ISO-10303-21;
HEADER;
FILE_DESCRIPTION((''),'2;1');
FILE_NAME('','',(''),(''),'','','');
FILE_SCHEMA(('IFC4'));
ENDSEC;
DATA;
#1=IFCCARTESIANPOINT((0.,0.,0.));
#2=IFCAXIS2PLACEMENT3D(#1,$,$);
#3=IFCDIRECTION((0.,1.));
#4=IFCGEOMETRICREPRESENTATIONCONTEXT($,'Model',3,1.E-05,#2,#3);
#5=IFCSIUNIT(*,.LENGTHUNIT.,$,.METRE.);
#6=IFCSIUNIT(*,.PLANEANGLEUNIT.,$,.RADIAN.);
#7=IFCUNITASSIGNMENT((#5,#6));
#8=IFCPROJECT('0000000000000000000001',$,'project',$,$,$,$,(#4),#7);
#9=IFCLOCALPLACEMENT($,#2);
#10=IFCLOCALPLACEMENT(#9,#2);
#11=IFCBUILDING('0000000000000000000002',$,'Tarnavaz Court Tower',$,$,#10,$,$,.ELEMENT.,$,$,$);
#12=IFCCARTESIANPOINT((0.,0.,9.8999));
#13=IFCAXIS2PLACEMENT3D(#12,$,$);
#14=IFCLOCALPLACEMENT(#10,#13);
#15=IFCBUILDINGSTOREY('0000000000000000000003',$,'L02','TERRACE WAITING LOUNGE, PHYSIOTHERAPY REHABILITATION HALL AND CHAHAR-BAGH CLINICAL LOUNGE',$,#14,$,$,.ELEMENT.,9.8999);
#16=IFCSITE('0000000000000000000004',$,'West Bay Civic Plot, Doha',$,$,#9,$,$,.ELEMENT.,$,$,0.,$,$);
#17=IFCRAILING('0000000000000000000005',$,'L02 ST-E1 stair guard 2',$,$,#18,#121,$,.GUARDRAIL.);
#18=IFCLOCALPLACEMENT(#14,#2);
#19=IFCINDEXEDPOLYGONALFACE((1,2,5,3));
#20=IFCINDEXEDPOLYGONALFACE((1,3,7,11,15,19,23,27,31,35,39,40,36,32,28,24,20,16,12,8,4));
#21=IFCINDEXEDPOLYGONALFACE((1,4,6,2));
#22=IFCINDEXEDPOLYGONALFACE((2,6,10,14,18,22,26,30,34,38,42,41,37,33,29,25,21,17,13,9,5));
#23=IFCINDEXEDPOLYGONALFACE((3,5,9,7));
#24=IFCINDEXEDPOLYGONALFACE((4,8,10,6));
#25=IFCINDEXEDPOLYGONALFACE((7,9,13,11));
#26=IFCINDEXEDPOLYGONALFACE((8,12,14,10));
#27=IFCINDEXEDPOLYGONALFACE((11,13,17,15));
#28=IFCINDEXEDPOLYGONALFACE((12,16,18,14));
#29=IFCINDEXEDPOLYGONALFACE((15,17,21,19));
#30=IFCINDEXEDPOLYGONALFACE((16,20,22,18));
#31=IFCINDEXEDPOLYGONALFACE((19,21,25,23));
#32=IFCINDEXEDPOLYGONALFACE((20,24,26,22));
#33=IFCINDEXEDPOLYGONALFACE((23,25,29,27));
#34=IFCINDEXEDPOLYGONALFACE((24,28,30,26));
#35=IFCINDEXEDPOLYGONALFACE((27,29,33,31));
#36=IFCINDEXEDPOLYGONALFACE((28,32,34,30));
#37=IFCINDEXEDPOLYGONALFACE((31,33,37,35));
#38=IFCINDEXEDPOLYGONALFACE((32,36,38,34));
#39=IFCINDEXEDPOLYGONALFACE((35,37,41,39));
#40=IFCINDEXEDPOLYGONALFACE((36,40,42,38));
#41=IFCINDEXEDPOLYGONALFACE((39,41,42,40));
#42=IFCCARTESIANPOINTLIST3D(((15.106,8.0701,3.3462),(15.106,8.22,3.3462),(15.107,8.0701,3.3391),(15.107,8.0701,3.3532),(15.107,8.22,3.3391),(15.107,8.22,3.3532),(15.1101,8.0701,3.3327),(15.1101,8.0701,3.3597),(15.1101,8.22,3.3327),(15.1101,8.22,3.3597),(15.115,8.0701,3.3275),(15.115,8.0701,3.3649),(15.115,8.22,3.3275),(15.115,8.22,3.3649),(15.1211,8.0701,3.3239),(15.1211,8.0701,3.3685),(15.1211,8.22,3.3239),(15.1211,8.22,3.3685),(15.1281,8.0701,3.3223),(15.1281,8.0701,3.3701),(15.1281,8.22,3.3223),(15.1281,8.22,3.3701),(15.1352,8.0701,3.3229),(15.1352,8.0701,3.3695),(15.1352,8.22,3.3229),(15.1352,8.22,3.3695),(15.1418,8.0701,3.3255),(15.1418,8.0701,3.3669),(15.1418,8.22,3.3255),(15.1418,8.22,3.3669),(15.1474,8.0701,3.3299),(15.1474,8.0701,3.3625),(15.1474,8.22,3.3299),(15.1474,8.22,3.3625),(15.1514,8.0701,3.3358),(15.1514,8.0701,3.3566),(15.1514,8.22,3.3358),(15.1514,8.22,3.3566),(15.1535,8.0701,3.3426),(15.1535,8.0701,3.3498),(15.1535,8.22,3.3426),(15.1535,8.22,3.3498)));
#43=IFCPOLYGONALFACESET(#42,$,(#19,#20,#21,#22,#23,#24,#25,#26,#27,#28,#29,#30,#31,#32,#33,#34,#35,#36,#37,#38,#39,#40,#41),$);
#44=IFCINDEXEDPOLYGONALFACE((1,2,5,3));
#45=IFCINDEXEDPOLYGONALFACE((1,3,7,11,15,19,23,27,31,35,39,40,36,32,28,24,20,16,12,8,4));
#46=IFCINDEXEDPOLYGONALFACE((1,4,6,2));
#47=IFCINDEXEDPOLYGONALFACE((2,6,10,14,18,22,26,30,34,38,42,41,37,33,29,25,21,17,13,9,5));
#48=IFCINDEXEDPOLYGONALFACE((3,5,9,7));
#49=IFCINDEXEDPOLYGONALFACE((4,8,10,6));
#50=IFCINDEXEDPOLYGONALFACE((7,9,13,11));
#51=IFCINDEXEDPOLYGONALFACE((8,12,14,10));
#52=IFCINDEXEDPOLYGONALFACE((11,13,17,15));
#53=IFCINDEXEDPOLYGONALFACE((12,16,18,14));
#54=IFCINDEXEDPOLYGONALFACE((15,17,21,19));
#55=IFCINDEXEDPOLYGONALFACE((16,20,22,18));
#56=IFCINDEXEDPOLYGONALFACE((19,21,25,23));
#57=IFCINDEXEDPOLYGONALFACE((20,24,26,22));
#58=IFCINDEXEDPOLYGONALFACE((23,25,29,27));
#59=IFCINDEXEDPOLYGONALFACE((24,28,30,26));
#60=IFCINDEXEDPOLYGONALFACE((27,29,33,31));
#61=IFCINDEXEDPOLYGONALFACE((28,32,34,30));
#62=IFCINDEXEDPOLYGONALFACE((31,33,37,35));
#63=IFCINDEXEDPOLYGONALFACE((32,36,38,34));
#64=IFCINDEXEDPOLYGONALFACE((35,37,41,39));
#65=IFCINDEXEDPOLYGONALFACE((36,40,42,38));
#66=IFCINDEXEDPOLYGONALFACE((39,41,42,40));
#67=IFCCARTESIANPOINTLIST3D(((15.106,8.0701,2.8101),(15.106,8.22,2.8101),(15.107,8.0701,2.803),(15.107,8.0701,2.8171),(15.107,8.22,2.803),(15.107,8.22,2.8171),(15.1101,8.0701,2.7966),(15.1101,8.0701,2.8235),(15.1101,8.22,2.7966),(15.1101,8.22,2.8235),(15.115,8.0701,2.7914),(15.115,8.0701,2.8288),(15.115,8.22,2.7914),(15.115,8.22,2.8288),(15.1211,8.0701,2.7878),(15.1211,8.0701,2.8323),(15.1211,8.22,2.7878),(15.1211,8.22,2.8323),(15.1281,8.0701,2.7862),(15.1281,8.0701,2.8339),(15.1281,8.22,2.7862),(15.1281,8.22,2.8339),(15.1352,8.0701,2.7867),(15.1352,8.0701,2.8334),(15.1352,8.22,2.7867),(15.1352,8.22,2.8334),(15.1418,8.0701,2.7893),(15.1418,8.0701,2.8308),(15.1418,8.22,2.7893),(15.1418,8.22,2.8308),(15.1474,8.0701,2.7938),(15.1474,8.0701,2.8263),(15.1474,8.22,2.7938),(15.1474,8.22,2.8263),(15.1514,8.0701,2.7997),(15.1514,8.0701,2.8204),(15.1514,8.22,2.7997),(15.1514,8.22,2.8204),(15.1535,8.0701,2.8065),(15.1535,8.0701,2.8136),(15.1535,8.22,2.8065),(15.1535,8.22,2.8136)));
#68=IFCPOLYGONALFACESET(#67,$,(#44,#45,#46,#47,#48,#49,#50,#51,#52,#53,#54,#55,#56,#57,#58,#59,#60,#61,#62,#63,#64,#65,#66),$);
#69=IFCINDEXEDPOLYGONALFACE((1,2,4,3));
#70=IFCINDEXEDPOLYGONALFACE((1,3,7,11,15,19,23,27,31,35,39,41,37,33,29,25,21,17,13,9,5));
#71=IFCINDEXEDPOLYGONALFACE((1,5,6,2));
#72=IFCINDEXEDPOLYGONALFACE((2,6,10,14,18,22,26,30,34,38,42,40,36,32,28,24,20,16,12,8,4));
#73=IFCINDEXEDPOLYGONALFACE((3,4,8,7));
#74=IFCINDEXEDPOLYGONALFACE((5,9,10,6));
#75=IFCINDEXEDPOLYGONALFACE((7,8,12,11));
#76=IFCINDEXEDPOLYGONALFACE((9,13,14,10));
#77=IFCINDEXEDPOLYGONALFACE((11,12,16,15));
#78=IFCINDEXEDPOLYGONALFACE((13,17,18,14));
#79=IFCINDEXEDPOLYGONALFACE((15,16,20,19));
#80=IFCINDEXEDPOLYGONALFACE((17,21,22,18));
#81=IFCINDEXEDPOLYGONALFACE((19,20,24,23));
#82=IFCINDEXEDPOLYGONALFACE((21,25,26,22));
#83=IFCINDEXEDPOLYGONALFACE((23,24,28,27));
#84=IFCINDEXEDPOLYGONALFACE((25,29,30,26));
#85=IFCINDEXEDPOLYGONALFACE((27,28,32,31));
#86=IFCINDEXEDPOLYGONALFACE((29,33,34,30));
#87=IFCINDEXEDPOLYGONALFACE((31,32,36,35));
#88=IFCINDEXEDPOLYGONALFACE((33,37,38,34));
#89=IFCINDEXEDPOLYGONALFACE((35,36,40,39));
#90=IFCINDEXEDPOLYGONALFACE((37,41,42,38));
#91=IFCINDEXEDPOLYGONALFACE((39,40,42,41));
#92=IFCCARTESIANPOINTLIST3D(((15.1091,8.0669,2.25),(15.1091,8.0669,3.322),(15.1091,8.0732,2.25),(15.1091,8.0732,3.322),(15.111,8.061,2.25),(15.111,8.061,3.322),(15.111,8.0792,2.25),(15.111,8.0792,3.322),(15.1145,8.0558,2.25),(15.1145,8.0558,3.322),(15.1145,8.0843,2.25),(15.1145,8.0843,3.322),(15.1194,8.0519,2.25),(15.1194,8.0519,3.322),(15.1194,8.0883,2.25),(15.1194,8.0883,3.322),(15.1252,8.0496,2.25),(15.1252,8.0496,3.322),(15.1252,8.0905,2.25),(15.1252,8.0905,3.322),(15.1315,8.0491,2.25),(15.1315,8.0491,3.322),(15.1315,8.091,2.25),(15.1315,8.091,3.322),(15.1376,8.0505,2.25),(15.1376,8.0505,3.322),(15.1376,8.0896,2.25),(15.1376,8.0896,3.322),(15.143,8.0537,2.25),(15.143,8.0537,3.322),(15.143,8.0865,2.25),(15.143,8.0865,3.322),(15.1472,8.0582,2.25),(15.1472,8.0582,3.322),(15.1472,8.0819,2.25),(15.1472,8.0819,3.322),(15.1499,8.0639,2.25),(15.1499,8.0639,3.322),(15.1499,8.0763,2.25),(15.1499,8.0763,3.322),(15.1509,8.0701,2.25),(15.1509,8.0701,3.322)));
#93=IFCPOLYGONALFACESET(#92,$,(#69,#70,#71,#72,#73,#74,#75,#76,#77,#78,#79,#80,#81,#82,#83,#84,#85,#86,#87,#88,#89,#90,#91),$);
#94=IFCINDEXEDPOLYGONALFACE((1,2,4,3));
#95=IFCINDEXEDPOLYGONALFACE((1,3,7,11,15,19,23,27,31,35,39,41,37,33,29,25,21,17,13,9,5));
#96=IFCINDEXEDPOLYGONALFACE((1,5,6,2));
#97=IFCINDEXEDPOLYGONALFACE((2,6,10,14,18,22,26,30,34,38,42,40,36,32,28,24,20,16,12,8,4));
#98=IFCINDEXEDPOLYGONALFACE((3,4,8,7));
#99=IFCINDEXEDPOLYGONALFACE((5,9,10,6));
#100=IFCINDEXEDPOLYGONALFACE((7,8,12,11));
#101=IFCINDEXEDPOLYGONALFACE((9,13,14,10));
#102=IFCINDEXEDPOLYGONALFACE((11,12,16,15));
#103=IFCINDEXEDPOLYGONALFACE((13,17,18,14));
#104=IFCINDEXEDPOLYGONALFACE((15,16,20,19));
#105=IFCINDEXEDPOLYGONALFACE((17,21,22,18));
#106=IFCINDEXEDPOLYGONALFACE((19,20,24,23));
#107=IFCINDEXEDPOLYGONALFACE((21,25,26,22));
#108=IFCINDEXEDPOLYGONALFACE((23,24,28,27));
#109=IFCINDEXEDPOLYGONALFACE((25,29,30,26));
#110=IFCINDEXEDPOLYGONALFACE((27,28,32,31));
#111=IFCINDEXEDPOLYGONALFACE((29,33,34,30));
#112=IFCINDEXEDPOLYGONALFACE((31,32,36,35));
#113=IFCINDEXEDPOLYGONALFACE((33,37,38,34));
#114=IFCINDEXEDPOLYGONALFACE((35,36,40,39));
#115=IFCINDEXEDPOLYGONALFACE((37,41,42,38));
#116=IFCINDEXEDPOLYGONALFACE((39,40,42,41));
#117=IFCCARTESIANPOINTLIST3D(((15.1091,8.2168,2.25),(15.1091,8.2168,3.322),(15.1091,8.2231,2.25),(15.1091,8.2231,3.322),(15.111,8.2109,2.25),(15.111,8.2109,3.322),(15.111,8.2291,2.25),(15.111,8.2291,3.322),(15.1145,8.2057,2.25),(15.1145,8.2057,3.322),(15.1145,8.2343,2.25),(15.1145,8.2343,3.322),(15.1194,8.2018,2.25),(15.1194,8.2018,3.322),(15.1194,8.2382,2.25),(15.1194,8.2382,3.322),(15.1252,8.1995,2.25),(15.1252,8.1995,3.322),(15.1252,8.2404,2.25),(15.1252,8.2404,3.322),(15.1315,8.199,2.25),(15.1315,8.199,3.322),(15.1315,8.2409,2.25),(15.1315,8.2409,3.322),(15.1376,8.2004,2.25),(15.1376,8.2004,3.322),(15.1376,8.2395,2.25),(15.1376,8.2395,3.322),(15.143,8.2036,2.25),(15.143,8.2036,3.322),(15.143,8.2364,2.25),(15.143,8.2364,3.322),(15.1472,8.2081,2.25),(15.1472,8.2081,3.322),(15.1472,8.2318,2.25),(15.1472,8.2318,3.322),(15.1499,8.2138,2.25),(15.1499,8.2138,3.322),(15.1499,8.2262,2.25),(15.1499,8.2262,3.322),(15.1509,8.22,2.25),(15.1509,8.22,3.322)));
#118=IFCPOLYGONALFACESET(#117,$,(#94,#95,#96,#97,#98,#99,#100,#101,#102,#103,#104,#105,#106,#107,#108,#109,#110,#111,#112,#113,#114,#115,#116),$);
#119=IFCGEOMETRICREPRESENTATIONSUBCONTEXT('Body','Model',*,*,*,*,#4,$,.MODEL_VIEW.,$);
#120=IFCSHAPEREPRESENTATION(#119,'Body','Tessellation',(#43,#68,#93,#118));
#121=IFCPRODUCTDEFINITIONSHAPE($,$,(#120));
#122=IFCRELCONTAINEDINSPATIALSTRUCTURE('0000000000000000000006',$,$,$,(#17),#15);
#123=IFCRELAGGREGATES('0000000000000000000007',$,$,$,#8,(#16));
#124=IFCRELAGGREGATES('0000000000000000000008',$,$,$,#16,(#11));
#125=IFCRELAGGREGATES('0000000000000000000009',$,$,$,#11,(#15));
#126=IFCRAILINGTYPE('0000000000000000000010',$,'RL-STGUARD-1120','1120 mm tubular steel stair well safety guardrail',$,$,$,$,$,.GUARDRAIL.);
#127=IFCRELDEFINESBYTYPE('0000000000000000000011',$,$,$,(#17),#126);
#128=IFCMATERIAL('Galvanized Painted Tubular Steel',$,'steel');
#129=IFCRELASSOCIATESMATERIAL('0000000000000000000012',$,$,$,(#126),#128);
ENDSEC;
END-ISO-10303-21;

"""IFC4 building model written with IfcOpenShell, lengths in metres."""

from ifc_helpers import new_model, si_unit, direction, frame, origin, origin_2d, place, context, subcontext, project, spatial, circle, extrude, material, type_object, element, save


model = new_model("IFC4")

# Units and contexts
model_context = context("Model", 3, precision=1e-05, world=origin(), true_north=direction((0.0, 1.0)))
body_context = subcontext(model_context, "Body", "Model", "MODEL_VIEW")
ifc_project = project(units=[si_unit("LENGTHUNIT", "METRE"), si_unit("PLANEANGLEUNIT", "RADIAN")], contexts=[model_context])

# Site, building, storey
site_placement = place(None, origin())
site = spatial("IfcSite", under=ifc_project, at=site_placement, Name="West Bay Civic Plot, Doha", CompositionType="ELEMENT", RefElevation=0.0)
building_placement = place(site_placement, origin())
building = spatial("IfcBuilding", under=site, at=building_placement, Name="Tarnavaz Court Tower", CompositionType="ELEMENT")
storey_placement = place(building_placement, frame((0.0, 0.0, 9.8999)))
storey = spatial("IfcBuildingStorey", under=building, at=storey_placement, Name="L02", Description="TERRACE WAITING LOUNGE, PHYSIOTHERAPY REHABILITATION HALL AND CHAHAR-BAGH CLINICAL LOUNGE", CompositionType="ELEMENT", Elevation=9.8999)

# Railing
ifc_material_1 = material(Name="Galvanized Painted Tubular Steel", Category="steel")
railing_type_1 = type_object("IfcRailingType", Name="RL-STGUARD-1120", Description="1120 mm tubular steel stair well safety guardrail", PredefinedType="GUARDRAIL", material=ifc_material_1)
railing_1_placement = place(storey_placement, frame((15.1299, 8.0701, 2.25)))
element("IfcRailing", 1, at=railing_1_placement, inside=storey, type_object=railing_type_1, Name="L02 ST-E1 stair guard 2", PredefinedType="GUARDRAIL", context=body_context, shape_type="SweptSolid", body=[
    extrude(circle(Radius=0.0239, at=origin_2d()), frame((0.0, 0.0, 1.0962), z_axis=(0.0, 1.0, 0.0), x_axis=(-1.0, 0.0, 0.0)), (0.0, 0.0, 1.0), 0.1499),
    extrude(circle(Radius=0.0239, at=origin_2d()), frame((0.0, 0.0, 0.5601), z_axis=(0.0, 1.0, 0.0), x_axis=(-1.0, 0.0, 0.0)), (0.0, 0.0, 1.0), 0.1499),
    extrude(circle(Radius=0.021, at=origin_2d()), origin(), (0.0, 0.0, 1.0), 1.072),
    extrude(circle(Radius=0.021, at=origin_2d()), frame((0.0, 0.1499, 0.0)), (0.0, 0.0, 1.0), 1.072),
])

save(model, "model.ifc")
